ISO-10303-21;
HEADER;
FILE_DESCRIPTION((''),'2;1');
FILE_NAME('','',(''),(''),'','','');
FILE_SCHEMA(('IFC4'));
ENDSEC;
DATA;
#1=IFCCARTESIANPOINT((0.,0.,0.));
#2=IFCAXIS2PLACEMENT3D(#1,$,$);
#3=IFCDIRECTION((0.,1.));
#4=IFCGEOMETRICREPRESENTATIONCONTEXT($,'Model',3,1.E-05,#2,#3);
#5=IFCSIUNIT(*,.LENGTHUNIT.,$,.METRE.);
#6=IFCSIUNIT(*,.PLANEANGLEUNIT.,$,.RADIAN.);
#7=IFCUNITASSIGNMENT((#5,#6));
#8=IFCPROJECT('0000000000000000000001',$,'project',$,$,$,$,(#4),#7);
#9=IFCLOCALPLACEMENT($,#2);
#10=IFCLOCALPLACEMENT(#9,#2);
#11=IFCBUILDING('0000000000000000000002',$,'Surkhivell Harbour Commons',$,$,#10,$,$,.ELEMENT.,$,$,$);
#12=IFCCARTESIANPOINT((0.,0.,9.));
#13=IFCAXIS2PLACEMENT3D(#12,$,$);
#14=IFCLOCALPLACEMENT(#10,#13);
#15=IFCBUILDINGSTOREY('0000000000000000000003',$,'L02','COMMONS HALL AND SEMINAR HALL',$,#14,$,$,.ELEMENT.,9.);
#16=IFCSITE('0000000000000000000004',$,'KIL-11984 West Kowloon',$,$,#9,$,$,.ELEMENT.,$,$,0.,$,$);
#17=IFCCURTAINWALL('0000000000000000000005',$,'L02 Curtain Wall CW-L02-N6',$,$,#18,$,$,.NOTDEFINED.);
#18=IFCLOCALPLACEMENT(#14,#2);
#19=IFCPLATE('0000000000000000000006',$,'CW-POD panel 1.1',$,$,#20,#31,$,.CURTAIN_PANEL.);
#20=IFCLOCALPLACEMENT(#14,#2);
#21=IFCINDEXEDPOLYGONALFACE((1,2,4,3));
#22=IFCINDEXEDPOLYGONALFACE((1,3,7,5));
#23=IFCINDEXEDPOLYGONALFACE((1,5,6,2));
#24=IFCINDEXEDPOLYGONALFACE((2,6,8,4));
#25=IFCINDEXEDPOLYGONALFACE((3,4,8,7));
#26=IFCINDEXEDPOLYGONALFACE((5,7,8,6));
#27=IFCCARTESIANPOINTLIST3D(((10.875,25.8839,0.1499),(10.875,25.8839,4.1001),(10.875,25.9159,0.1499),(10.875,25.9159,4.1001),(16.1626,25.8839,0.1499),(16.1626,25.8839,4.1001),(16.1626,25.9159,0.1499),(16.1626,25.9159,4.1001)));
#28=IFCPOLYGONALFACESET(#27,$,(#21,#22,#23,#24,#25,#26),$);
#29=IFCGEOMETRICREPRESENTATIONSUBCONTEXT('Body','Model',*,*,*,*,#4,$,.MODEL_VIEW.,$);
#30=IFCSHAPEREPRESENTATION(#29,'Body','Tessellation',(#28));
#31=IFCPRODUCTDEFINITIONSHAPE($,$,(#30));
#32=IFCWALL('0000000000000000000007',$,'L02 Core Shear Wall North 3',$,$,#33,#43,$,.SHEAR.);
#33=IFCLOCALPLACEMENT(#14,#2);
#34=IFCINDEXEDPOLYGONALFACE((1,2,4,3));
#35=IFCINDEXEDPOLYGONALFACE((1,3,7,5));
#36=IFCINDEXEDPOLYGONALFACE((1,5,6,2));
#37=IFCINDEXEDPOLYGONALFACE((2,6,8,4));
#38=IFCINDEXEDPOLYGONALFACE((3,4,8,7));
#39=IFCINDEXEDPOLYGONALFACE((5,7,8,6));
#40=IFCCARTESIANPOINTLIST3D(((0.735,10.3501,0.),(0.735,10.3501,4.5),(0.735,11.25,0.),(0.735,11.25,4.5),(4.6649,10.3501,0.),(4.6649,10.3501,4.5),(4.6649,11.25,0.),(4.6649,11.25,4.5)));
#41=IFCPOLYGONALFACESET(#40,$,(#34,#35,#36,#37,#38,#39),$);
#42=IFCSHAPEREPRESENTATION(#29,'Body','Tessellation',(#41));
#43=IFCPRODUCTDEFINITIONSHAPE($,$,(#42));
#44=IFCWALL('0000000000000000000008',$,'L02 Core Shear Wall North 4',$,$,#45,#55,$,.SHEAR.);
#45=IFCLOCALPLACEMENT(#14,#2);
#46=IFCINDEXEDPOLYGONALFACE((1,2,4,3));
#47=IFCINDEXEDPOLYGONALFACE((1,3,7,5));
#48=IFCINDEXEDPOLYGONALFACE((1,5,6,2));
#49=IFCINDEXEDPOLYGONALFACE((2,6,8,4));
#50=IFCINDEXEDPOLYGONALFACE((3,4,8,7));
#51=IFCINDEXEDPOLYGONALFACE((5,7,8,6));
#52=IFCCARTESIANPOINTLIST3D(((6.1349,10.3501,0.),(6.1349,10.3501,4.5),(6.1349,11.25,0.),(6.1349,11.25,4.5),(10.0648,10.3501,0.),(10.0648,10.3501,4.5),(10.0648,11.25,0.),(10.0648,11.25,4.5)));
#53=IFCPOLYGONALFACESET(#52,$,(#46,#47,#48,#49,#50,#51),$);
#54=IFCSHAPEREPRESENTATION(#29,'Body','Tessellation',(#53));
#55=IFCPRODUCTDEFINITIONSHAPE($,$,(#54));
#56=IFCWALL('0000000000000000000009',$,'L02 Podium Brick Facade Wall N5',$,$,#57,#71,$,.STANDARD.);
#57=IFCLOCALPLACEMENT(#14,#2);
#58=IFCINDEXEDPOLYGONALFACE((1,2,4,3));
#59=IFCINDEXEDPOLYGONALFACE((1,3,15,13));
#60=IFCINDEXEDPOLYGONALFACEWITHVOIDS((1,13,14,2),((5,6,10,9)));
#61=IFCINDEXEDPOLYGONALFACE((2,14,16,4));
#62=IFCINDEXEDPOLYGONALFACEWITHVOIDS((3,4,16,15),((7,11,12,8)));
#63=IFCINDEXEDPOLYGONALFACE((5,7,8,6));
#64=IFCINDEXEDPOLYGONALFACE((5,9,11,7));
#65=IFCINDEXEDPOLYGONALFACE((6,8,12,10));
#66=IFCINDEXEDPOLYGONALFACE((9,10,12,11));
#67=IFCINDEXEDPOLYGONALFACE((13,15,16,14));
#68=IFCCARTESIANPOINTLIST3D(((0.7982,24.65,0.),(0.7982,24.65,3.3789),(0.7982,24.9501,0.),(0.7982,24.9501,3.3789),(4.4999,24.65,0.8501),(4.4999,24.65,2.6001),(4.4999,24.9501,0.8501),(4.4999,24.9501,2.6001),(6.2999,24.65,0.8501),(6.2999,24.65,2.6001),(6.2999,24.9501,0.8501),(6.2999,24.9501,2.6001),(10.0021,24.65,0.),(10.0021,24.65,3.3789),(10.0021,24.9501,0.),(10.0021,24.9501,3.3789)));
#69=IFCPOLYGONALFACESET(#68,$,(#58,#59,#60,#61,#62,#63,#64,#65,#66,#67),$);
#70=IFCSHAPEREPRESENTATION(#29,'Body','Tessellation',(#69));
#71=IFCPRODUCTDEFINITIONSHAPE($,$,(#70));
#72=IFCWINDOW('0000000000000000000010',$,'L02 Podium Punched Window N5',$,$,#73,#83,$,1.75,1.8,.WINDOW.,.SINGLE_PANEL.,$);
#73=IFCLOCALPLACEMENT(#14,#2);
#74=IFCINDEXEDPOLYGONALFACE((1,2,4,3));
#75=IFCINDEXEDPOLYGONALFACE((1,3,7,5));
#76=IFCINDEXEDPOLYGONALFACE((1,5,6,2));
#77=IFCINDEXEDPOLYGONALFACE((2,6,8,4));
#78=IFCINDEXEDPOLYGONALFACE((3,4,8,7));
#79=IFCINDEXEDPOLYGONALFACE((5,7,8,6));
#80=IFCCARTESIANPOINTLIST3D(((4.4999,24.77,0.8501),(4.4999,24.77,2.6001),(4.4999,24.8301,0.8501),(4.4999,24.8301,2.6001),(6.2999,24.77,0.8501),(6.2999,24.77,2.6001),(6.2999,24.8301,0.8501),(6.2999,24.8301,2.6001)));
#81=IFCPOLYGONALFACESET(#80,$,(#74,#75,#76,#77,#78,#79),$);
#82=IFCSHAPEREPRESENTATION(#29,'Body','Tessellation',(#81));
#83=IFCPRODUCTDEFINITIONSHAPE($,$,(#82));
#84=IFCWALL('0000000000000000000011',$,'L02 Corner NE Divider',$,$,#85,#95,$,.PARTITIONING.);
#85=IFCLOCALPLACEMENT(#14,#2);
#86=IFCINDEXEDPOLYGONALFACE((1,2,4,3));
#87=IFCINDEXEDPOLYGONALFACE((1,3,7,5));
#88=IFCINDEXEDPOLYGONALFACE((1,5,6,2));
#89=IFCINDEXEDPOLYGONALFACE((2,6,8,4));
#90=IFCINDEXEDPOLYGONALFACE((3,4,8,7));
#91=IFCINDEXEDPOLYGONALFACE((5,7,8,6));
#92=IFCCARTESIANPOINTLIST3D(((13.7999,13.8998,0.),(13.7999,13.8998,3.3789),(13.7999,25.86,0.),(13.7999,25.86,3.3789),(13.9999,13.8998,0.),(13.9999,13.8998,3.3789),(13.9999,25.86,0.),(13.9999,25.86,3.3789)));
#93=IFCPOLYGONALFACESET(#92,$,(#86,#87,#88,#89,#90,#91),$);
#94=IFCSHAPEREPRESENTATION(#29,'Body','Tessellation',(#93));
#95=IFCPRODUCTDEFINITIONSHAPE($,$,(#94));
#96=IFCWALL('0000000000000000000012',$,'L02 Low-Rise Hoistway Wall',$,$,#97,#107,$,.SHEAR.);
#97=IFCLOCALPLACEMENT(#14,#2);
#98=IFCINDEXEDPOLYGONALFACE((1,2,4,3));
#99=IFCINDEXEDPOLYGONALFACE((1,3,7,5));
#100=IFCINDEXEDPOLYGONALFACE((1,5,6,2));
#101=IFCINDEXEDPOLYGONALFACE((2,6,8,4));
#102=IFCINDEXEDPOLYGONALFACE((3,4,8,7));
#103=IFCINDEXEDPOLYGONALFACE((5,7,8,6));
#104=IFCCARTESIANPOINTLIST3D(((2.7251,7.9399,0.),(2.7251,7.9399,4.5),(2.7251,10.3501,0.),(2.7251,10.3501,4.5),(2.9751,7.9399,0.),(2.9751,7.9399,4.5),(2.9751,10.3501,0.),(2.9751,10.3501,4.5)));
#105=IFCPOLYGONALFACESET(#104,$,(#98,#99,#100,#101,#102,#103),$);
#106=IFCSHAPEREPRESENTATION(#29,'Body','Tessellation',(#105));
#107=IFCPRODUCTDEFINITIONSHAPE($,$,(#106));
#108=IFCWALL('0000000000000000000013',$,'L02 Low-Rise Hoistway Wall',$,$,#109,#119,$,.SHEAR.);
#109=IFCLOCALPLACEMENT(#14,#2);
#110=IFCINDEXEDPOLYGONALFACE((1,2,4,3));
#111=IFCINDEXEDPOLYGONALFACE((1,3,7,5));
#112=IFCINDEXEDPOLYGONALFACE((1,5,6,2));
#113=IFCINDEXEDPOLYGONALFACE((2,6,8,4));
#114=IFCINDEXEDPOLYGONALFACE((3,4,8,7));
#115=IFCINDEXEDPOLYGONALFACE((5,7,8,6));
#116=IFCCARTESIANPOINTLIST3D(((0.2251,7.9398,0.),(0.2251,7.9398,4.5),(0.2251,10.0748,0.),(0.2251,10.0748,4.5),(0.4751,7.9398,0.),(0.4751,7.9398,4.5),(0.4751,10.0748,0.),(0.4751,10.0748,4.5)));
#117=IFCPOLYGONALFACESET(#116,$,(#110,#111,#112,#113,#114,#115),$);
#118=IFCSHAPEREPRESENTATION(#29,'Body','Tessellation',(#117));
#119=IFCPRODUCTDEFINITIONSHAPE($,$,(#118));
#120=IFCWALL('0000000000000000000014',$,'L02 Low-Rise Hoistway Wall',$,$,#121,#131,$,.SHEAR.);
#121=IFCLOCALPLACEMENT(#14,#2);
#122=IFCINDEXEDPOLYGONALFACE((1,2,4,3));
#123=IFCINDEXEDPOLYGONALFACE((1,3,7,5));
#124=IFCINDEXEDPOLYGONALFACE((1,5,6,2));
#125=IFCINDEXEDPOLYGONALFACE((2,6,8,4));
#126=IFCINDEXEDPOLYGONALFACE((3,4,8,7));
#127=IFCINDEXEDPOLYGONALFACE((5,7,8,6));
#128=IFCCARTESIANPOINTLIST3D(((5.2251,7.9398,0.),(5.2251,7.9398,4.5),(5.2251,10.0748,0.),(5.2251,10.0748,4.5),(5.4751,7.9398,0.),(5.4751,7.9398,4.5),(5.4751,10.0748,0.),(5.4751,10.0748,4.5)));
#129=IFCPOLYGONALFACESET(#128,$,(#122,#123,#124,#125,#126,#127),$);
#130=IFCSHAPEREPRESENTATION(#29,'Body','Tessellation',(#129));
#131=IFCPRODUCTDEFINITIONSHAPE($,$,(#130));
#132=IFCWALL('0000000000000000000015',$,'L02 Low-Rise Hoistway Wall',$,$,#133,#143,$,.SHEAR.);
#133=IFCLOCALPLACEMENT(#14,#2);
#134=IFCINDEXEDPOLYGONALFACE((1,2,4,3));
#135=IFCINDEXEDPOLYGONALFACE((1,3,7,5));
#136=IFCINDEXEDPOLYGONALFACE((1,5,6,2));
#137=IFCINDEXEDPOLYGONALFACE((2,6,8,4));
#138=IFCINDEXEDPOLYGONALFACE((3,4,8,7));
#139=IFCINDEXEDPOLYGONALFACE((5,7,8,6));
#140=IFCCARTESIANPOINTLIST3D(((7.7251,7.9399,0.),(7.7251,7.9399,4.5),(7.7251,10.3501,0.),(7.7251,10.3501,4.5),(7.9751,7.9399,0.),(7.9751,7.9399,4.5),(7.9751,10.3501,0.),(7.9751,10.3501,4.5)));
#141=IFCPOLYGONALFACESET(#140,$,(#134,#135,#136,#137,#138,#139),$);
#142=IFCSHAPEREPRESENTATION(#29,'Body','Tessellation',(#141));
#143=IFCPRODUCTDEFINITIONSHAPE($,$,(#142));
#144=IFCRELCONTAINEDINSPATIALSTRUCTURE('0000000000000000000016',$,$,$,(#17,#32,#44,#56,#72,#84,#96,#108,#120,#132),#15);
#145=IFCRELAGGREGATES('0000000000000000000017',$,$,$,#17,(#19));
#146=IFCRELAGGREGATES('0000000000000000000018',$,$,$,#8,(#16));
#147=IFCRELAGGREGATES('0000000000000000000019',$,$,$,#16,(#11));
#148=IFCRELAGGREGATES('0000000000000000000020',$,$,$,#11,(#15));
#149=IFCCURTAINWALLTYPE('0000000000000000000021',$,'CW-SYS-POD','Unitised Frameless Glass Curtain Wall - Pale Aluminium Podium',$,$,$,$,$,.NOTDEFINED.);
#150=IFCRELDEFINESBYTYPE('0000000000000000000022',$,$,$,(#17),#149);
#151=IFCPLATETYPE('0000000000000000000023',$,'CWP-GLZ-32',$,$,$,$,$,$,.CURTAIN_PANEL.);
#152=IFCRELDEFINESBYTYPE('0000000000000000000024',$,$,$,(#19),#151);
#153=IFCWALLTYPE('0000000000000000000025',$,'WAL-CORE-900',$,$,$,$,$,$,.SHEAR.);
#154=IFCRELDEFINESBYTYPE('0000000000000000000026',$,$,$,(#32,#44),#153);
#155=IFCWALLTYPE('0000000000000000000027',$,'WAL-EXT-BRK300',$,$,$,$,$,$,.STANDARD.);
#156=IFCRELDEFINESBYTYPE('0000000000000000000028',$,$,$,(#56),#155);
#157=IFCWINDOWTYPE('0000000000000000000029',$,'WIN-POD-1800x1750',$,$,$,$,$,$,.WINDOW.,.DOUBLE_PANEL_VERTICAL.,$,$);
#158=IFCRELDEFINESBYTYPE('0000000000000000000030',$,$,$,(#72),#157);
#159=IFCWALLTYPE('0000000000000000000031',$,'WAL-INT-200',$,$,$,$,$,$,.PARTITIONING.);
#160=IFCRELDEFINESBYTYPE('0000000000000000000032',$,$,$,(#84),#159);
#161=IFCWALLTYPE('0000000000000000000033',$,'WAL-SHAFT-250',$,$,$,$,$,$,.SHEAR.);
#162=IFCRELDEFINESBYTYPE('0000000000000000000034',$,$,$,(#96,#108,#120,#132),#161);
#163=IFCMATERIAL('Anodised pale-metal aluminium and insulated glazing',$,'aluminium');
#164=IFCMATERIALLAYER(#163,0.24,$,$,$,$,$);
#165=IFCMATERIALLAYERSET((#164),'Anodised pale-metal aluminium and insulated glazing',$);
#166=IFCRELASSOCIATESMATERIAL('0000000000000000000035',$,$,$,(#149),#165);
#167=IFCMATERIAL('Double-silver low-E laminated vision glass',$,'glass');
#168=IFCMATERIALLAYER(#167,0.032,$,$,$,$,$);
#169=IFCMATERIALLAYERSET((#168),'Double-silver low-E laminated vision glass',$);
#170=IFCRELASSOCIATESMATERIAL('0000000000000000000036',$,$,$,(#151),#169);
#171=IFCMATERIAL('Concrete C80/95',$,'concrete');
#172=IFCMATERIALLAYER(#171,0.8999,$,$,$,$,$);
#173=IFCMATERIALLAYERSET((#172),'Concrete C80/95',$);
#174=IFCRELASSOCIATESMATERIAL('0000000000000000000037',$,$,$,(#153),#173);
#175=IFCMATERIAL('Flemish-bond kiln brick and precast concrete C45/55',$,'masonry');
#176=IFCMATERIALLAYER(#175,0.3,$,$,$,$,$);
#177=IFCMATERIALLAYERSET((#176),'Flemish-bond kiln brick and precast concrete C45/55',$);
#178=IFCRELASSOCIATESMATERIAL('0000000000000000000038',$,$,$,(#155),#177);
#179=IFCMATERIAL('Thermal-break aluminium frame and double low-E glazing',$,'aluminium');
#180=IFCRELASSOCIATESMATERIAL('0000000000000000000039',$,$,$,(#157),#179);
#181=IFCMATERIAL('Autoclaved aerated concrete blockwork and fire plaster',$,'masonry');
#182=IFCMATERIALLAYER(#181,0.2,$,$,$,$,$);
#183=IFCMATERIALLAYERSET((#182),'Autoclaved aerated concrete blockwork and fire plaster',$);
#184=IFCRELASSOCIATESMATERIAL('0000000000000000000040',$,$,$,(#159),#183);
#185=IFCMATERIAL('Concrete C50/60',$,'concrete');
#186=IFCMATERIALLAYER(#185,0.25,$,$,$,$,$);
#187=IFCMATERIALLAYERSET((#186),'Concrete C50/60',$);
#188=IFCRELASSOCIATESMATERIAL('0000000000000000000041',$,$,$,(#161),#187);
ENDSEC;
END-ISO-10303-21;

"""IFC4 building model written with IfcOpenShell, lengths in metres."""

from ifc_helpers import new_model, si_unit, direction, frame, frame_2d, origin, place, context, subcontext, project, spatial, rectangle, extrude, material, layer, layer_set, type_object, element, fill, aggregate, save


model = new_model("IFC4")

# Units and contexts
model_context = context("Model", 3, precision=1e-05, world=origin(), true_north=direction((0.0, 1.0)))
body_context = subcontext(model_context, "Body", "Model", "MODEL_VIEW")
ifc_project = project(units=[si_unit("LENGTHUNIT", "METRE"), si_unit("PLANEANGLEUNIT", "RADIAN")], contexts=[model_context])

# Site, building, storey
site_placement = place(None, origin())
site = spatial("IfcSite", under=ifc_project, at=site_placement, Name="KIL-11984 West Kowloon", CompositionType="ELEMENT", RefElevation=0.0)
building_placement = place(site_placement, origin())
building = spatial("IfcBuilding", under=site, at=building_placement, Name="Surkhivell Harbour Commons", CompositionType="ELEMENT")
storey_placement = place(building_placement, frame((0.0, 0.0, 9.0)))
storey = spatial("IfcBuildingStorey", under=building, at=storey_placement, Name="L02", Description="COMMONS HALL AND SEMINAR HALL", CompositionType="ELEMENT", Elevation=9.0)

# Shared definitions
ifc_material_1 = material(Name="Concrete C80/95", Category="concrete")

# Curtain wall, plate
ifc_material_2 = material(Name="Anodised pale-metal aluminium and insulated glazing", Category="aluminium")
ifc_layer_1 = layer(ifc_material_2, 0.24)
ifc_layer_set_1 = layer_set([ifc_layer_1], Name="Anodised pale-metal aluminium and insulated glazing")
curtain_wall_type = type_object("IfcCurtainWallType", Name="CW-SYS-POD", Description="Unitised Frameless Glass Curtain Wall - Pale Aluminium Podium", PredefinedType="NOTDEFINED", material=ifc_layer_set_1)
curtain_wall_placement = place(storey_placement, origin())
curtain_wall = element("IfcCurtainWall", 1, at=curtain_wall_placement, inside=storey, type_object=curtain_wall_type, Name="L02 Curtain Wall CW-L02-N6", PredefinedType="NOTDEFINED")
ifc_material_3 = material(Name="Double-silver low-E laminated vision glass", Category="glass")
ifc_layer_2 = layer(ifc_material_3, 0.032)
ifc_layer_set_2 = layer_set([ifc_layer_2], Name="Double-silver low-E laminated vision glass")
plate_type = type_object("IfcPlateType", Name="CWP-GLZ-32", PredefinedType="CURTAIN_PANEL", material=ifc_layer_set_2)
plate_placement = place(storey_placement, frame((10.875, 25.8999, 0.1499), z_axis=(0.0, 0.0, 1.0), x_axis=(1.0, 0.0, 0.0)))
plate = element("IfcPlate", 2, at=plate_placement, type_object=plate_type, Name="CW-POD panel 1.1", PredefinedType="CURTAIN_PANEL", context=body_context, shape_type="SweptSolid", body=[
    extrude(rectangle(XDim=5.2876, YDim=0.032, at=frame_2d((2.6438, 0.0))), origin(), (0.0, 0.0, 1.0), 3.9502),
])
aggregate(curtain_wall, [plate])

# Walls
ifc_layer_3 = layer(ifc_material_1, 0.8999)
ifc_layer_set_3 = layer_set([ifc_layer_3], Name="Concrete C80/95")
wall_type_1 = type_object("IfcWallType", Name="WAL-CORE-900", PredefinedType="SHEAR", material=ifc_layer_set_3)
for number, where, z_axis, x_axis, name in (
    (3, (0.7351, 10.8, 0.0), (0.0, 0.0, 1.0), (1.0, 0.0, 0.0), "L02 Core Shear Wall North 3"),
    (4, (6.135, 10.8, 0.0), (0.0, 0.0, 1.0), (1.0, 0.0, 0.0), "L02 Core Shear Wall North 4"),
):
    element("IfcWall", number, at=place(storey_placement, frame(where, z_axis=z_axis, x_axis=x_axis)), inside=storey, type_object=wall_type_1, Name=name, PredefinedType="SHEAR", context=body_context, shape_type="SweptSolid", body=[
        extrude(rectangle(XDim=3.9299, YDim=0.8999, at=frame_2d((1.9648, 0.0))), origin(), (0.0, 0.0, 1.0), 4.5),
    ])

# Wall, opening, window
ifc_material_4 = material(Name="Flemish-bond kiln brick and precast concrete C45/55", Category="masonry")
ifc_layer_4 = layer(ifc_material_4, 0.3)
ifc_layer_set_4 = layer_set([ifc_layer_4], Name="Flemish-bond kiln brick and precast concrete C45/55")
wall_type_2 = type_object("IfcWallType", Name="WAL-EXT-BRK300", PredefinedType="STANDARD", material=ifc_layer_set_4)
wall_1_placement = place(storey_placement, frame((0.7981, 24.8, 0.0), z_axis=(0.0, 0.0, 1.0), x_axis=(1.0, 0.0, 0.0)))
wall_1 = element("IfcWall", 5, at=wall_1_placement, inside=storey, type_object=wall_type_2, Name="L02 Podium Brick Facade Wall N5", PredefinedType="STANDARD", context=body_context, shape_type="SweptSolid", body=[
    extrude(rectangle(XDim=9.2039, YDim=0.3, at=frame_2d((4.6021, 0.0))), origin(), (0.0, 0.0, 1.0), 3.3789),
])
opening_placement = place(wall_1_placement, frame((3.7019, 0.0, 0.8501)))
opening = element("IfcOpeningElement", 6, at=opening_placement, cuts=wall_1, PredefinedType="OPENING", context=body_context, shape_type="SweptSolid", body=[
    extrude(rectangle(XDim=1.8, YDim=1.75, at=frame_2d((0.8999, 0.875))), frame((0.0, 0.1599, 0.0), z_axis=(0.0, -1.0, 0.0), x_axis=(1.0, 0.0, 0.0)), (0.0, 0.0, 1.0), 0.3201),
])
ifc_material_5 = material(Name="Thermal-break aluminium frame and double low-E glazing", Category="aluminium")
window_type = type_object("IfcWindowType", Name="WIN-POD-1800x1750", PartitioningType="DOUBLE_PANEL_VERTICAL", PredefinedType="WINDOW", material=ifc_material_5)
window_placement = place(opening_placement, origin())
window = element("IfcWindow", 7, at=window_placement, inside=storey, type_object=window_type, Name="L02 Podium Punched Window N5", OverallHeight=1.75, OverallWidth=1.8, PartitioningType="SINGLE_PANEL", PredefinedType="WINDOW", context=body_context, shape_type="SweptSolid", body=[
    extrude(rectangle(XDim=1.8, YDim=1.75, at=frame_2d((0.8999, 0.875))), frame((0.0, 0.03, 0.0), z_axis=(0.0, -1.0, 0.0), x_axis=(1.0, 0.0, 0.0)), (0.0, 0.0, 1.0), 0.0601),
])
fill(opening, window)

# Walls
ifc_material_6 = material(Name="Autoclaved aerated concrete blockwork and fire plaster", Category="masonry")
ifc_layer_5 = layer(ifc_material_6, 0.2)
ifc_layer_set_5 = layer_set([ifc_layer_5], Name="Autoclaved aerated concrete blockwork and fire plaster")
wall_type_3 = type_object("IfcWallType", Name="WAL-INT-200", PredefinedType="PARTITIONING", material=ifc_layer_set_5)
wall_2_placement = place(storey_placement, frame((13.8999, 13.8999, 0.0), z_axis=(0.0, 0.0, 1.0), x_axis=(0.0, 1.0, 0.0)))
element("IfcWall", 8, at=wall_2_placement, inside=storey, type_object=wall_type_3, Name="L02 Corner NE Divider", PredefinedType="PARTITIONING", context=body_context, shape_type="SweptSolid", body=[
    extrude(rectangle(XDim=11.9602, YDim=0.2, at=frame_2d((5.98, 0.0))), origin(), (0.0, 0.0, 1.0), 3.3789),
])
ifc_material_7 = material(Name="Concrete C50/60", Category="concrete")
ifc_layer_6 = layer(ifc_material_7, 0.25)
ifc_layer_set_6 = layer_set([ifc_layer_6], Name="Concrete C50/60")
wall_type_4 = type_object("IfcWallType", Name="WAL-SHAFT-250", PredefinedType="SHEAR", material=ifc_layer_set_6)
wall_3_placement = place(storey_placement, frame((2.8501, 7.9399, 0.0), z_axis=(0.0, 0.0, 1.0), x_axis=(0.0, 1.0, 0.0)))
element("IfcWall", 9, at=wall_3_placement, inside=storey, type_object=wall_type_4, Name="L02 Low-Rise Hoistway Wall", PredefinedType="SHEAR", context=body_context, shape_type="SweptSolid", body=[
    extrude(rectangle(XDim=2.4102, YDim=0.25, at=frame_2d((1.2051, 0.0))), origin(), (0.0, 0.0, 1.0), 4.5),
])
for number, where, z_axis, x_axis, name in (
    (10, (0.3501, 7.9399, 0.0), (0.0, 0.0, 1.0), (0.0, 1.0, 0.0), "L02 Low-Rise Hoistway Wall"),
    (11, (5.3501, 7.9399, 0.0), (0.0, 0.0, 1.0), (0.0, 1.0, 0.0), "L02 Low-Rise Hoistway Wall"),
):
    element("IfcWall", number, at=place(storey_placement, frame(where, z_axis=z_axis, x_axis=x_axis)), inside=storey, type_object=wall_type_4, Name=name, PredefinedType="SHEAR", context=body_context, shape_type="SweptSolid", body=[
        extrude(rectangle(XDim=2.135, YDim=0.25, at=frame_2d((1.0674, 0.0))), origin(), (0.0, 0.0, 1.0), 4.5),
    ])
wall_4_placement = place(storey_placement, frame((7.8501, 7.9399, 0.0), z_axis=(0.0, 0.0, 1.0), x_axis=(0.0, 1.0, 0.0)))
element("IfcWall", 12, at=wall_4_placement, inside=storey, type_object=wall_type_4, Name="L02 Low-Rise Hoistway Wall", PredefinedType="SHEAR", context=body_context, shape_type="SweptSolid", body=[
    extrude(rectangle(XDim=2.4102, YDim=0.25, at=frame_2d((1.2051, 0.0))), origin(), (0.0, 0.0, 1.0), 4.5),
])

save(model, "model.ifc")
